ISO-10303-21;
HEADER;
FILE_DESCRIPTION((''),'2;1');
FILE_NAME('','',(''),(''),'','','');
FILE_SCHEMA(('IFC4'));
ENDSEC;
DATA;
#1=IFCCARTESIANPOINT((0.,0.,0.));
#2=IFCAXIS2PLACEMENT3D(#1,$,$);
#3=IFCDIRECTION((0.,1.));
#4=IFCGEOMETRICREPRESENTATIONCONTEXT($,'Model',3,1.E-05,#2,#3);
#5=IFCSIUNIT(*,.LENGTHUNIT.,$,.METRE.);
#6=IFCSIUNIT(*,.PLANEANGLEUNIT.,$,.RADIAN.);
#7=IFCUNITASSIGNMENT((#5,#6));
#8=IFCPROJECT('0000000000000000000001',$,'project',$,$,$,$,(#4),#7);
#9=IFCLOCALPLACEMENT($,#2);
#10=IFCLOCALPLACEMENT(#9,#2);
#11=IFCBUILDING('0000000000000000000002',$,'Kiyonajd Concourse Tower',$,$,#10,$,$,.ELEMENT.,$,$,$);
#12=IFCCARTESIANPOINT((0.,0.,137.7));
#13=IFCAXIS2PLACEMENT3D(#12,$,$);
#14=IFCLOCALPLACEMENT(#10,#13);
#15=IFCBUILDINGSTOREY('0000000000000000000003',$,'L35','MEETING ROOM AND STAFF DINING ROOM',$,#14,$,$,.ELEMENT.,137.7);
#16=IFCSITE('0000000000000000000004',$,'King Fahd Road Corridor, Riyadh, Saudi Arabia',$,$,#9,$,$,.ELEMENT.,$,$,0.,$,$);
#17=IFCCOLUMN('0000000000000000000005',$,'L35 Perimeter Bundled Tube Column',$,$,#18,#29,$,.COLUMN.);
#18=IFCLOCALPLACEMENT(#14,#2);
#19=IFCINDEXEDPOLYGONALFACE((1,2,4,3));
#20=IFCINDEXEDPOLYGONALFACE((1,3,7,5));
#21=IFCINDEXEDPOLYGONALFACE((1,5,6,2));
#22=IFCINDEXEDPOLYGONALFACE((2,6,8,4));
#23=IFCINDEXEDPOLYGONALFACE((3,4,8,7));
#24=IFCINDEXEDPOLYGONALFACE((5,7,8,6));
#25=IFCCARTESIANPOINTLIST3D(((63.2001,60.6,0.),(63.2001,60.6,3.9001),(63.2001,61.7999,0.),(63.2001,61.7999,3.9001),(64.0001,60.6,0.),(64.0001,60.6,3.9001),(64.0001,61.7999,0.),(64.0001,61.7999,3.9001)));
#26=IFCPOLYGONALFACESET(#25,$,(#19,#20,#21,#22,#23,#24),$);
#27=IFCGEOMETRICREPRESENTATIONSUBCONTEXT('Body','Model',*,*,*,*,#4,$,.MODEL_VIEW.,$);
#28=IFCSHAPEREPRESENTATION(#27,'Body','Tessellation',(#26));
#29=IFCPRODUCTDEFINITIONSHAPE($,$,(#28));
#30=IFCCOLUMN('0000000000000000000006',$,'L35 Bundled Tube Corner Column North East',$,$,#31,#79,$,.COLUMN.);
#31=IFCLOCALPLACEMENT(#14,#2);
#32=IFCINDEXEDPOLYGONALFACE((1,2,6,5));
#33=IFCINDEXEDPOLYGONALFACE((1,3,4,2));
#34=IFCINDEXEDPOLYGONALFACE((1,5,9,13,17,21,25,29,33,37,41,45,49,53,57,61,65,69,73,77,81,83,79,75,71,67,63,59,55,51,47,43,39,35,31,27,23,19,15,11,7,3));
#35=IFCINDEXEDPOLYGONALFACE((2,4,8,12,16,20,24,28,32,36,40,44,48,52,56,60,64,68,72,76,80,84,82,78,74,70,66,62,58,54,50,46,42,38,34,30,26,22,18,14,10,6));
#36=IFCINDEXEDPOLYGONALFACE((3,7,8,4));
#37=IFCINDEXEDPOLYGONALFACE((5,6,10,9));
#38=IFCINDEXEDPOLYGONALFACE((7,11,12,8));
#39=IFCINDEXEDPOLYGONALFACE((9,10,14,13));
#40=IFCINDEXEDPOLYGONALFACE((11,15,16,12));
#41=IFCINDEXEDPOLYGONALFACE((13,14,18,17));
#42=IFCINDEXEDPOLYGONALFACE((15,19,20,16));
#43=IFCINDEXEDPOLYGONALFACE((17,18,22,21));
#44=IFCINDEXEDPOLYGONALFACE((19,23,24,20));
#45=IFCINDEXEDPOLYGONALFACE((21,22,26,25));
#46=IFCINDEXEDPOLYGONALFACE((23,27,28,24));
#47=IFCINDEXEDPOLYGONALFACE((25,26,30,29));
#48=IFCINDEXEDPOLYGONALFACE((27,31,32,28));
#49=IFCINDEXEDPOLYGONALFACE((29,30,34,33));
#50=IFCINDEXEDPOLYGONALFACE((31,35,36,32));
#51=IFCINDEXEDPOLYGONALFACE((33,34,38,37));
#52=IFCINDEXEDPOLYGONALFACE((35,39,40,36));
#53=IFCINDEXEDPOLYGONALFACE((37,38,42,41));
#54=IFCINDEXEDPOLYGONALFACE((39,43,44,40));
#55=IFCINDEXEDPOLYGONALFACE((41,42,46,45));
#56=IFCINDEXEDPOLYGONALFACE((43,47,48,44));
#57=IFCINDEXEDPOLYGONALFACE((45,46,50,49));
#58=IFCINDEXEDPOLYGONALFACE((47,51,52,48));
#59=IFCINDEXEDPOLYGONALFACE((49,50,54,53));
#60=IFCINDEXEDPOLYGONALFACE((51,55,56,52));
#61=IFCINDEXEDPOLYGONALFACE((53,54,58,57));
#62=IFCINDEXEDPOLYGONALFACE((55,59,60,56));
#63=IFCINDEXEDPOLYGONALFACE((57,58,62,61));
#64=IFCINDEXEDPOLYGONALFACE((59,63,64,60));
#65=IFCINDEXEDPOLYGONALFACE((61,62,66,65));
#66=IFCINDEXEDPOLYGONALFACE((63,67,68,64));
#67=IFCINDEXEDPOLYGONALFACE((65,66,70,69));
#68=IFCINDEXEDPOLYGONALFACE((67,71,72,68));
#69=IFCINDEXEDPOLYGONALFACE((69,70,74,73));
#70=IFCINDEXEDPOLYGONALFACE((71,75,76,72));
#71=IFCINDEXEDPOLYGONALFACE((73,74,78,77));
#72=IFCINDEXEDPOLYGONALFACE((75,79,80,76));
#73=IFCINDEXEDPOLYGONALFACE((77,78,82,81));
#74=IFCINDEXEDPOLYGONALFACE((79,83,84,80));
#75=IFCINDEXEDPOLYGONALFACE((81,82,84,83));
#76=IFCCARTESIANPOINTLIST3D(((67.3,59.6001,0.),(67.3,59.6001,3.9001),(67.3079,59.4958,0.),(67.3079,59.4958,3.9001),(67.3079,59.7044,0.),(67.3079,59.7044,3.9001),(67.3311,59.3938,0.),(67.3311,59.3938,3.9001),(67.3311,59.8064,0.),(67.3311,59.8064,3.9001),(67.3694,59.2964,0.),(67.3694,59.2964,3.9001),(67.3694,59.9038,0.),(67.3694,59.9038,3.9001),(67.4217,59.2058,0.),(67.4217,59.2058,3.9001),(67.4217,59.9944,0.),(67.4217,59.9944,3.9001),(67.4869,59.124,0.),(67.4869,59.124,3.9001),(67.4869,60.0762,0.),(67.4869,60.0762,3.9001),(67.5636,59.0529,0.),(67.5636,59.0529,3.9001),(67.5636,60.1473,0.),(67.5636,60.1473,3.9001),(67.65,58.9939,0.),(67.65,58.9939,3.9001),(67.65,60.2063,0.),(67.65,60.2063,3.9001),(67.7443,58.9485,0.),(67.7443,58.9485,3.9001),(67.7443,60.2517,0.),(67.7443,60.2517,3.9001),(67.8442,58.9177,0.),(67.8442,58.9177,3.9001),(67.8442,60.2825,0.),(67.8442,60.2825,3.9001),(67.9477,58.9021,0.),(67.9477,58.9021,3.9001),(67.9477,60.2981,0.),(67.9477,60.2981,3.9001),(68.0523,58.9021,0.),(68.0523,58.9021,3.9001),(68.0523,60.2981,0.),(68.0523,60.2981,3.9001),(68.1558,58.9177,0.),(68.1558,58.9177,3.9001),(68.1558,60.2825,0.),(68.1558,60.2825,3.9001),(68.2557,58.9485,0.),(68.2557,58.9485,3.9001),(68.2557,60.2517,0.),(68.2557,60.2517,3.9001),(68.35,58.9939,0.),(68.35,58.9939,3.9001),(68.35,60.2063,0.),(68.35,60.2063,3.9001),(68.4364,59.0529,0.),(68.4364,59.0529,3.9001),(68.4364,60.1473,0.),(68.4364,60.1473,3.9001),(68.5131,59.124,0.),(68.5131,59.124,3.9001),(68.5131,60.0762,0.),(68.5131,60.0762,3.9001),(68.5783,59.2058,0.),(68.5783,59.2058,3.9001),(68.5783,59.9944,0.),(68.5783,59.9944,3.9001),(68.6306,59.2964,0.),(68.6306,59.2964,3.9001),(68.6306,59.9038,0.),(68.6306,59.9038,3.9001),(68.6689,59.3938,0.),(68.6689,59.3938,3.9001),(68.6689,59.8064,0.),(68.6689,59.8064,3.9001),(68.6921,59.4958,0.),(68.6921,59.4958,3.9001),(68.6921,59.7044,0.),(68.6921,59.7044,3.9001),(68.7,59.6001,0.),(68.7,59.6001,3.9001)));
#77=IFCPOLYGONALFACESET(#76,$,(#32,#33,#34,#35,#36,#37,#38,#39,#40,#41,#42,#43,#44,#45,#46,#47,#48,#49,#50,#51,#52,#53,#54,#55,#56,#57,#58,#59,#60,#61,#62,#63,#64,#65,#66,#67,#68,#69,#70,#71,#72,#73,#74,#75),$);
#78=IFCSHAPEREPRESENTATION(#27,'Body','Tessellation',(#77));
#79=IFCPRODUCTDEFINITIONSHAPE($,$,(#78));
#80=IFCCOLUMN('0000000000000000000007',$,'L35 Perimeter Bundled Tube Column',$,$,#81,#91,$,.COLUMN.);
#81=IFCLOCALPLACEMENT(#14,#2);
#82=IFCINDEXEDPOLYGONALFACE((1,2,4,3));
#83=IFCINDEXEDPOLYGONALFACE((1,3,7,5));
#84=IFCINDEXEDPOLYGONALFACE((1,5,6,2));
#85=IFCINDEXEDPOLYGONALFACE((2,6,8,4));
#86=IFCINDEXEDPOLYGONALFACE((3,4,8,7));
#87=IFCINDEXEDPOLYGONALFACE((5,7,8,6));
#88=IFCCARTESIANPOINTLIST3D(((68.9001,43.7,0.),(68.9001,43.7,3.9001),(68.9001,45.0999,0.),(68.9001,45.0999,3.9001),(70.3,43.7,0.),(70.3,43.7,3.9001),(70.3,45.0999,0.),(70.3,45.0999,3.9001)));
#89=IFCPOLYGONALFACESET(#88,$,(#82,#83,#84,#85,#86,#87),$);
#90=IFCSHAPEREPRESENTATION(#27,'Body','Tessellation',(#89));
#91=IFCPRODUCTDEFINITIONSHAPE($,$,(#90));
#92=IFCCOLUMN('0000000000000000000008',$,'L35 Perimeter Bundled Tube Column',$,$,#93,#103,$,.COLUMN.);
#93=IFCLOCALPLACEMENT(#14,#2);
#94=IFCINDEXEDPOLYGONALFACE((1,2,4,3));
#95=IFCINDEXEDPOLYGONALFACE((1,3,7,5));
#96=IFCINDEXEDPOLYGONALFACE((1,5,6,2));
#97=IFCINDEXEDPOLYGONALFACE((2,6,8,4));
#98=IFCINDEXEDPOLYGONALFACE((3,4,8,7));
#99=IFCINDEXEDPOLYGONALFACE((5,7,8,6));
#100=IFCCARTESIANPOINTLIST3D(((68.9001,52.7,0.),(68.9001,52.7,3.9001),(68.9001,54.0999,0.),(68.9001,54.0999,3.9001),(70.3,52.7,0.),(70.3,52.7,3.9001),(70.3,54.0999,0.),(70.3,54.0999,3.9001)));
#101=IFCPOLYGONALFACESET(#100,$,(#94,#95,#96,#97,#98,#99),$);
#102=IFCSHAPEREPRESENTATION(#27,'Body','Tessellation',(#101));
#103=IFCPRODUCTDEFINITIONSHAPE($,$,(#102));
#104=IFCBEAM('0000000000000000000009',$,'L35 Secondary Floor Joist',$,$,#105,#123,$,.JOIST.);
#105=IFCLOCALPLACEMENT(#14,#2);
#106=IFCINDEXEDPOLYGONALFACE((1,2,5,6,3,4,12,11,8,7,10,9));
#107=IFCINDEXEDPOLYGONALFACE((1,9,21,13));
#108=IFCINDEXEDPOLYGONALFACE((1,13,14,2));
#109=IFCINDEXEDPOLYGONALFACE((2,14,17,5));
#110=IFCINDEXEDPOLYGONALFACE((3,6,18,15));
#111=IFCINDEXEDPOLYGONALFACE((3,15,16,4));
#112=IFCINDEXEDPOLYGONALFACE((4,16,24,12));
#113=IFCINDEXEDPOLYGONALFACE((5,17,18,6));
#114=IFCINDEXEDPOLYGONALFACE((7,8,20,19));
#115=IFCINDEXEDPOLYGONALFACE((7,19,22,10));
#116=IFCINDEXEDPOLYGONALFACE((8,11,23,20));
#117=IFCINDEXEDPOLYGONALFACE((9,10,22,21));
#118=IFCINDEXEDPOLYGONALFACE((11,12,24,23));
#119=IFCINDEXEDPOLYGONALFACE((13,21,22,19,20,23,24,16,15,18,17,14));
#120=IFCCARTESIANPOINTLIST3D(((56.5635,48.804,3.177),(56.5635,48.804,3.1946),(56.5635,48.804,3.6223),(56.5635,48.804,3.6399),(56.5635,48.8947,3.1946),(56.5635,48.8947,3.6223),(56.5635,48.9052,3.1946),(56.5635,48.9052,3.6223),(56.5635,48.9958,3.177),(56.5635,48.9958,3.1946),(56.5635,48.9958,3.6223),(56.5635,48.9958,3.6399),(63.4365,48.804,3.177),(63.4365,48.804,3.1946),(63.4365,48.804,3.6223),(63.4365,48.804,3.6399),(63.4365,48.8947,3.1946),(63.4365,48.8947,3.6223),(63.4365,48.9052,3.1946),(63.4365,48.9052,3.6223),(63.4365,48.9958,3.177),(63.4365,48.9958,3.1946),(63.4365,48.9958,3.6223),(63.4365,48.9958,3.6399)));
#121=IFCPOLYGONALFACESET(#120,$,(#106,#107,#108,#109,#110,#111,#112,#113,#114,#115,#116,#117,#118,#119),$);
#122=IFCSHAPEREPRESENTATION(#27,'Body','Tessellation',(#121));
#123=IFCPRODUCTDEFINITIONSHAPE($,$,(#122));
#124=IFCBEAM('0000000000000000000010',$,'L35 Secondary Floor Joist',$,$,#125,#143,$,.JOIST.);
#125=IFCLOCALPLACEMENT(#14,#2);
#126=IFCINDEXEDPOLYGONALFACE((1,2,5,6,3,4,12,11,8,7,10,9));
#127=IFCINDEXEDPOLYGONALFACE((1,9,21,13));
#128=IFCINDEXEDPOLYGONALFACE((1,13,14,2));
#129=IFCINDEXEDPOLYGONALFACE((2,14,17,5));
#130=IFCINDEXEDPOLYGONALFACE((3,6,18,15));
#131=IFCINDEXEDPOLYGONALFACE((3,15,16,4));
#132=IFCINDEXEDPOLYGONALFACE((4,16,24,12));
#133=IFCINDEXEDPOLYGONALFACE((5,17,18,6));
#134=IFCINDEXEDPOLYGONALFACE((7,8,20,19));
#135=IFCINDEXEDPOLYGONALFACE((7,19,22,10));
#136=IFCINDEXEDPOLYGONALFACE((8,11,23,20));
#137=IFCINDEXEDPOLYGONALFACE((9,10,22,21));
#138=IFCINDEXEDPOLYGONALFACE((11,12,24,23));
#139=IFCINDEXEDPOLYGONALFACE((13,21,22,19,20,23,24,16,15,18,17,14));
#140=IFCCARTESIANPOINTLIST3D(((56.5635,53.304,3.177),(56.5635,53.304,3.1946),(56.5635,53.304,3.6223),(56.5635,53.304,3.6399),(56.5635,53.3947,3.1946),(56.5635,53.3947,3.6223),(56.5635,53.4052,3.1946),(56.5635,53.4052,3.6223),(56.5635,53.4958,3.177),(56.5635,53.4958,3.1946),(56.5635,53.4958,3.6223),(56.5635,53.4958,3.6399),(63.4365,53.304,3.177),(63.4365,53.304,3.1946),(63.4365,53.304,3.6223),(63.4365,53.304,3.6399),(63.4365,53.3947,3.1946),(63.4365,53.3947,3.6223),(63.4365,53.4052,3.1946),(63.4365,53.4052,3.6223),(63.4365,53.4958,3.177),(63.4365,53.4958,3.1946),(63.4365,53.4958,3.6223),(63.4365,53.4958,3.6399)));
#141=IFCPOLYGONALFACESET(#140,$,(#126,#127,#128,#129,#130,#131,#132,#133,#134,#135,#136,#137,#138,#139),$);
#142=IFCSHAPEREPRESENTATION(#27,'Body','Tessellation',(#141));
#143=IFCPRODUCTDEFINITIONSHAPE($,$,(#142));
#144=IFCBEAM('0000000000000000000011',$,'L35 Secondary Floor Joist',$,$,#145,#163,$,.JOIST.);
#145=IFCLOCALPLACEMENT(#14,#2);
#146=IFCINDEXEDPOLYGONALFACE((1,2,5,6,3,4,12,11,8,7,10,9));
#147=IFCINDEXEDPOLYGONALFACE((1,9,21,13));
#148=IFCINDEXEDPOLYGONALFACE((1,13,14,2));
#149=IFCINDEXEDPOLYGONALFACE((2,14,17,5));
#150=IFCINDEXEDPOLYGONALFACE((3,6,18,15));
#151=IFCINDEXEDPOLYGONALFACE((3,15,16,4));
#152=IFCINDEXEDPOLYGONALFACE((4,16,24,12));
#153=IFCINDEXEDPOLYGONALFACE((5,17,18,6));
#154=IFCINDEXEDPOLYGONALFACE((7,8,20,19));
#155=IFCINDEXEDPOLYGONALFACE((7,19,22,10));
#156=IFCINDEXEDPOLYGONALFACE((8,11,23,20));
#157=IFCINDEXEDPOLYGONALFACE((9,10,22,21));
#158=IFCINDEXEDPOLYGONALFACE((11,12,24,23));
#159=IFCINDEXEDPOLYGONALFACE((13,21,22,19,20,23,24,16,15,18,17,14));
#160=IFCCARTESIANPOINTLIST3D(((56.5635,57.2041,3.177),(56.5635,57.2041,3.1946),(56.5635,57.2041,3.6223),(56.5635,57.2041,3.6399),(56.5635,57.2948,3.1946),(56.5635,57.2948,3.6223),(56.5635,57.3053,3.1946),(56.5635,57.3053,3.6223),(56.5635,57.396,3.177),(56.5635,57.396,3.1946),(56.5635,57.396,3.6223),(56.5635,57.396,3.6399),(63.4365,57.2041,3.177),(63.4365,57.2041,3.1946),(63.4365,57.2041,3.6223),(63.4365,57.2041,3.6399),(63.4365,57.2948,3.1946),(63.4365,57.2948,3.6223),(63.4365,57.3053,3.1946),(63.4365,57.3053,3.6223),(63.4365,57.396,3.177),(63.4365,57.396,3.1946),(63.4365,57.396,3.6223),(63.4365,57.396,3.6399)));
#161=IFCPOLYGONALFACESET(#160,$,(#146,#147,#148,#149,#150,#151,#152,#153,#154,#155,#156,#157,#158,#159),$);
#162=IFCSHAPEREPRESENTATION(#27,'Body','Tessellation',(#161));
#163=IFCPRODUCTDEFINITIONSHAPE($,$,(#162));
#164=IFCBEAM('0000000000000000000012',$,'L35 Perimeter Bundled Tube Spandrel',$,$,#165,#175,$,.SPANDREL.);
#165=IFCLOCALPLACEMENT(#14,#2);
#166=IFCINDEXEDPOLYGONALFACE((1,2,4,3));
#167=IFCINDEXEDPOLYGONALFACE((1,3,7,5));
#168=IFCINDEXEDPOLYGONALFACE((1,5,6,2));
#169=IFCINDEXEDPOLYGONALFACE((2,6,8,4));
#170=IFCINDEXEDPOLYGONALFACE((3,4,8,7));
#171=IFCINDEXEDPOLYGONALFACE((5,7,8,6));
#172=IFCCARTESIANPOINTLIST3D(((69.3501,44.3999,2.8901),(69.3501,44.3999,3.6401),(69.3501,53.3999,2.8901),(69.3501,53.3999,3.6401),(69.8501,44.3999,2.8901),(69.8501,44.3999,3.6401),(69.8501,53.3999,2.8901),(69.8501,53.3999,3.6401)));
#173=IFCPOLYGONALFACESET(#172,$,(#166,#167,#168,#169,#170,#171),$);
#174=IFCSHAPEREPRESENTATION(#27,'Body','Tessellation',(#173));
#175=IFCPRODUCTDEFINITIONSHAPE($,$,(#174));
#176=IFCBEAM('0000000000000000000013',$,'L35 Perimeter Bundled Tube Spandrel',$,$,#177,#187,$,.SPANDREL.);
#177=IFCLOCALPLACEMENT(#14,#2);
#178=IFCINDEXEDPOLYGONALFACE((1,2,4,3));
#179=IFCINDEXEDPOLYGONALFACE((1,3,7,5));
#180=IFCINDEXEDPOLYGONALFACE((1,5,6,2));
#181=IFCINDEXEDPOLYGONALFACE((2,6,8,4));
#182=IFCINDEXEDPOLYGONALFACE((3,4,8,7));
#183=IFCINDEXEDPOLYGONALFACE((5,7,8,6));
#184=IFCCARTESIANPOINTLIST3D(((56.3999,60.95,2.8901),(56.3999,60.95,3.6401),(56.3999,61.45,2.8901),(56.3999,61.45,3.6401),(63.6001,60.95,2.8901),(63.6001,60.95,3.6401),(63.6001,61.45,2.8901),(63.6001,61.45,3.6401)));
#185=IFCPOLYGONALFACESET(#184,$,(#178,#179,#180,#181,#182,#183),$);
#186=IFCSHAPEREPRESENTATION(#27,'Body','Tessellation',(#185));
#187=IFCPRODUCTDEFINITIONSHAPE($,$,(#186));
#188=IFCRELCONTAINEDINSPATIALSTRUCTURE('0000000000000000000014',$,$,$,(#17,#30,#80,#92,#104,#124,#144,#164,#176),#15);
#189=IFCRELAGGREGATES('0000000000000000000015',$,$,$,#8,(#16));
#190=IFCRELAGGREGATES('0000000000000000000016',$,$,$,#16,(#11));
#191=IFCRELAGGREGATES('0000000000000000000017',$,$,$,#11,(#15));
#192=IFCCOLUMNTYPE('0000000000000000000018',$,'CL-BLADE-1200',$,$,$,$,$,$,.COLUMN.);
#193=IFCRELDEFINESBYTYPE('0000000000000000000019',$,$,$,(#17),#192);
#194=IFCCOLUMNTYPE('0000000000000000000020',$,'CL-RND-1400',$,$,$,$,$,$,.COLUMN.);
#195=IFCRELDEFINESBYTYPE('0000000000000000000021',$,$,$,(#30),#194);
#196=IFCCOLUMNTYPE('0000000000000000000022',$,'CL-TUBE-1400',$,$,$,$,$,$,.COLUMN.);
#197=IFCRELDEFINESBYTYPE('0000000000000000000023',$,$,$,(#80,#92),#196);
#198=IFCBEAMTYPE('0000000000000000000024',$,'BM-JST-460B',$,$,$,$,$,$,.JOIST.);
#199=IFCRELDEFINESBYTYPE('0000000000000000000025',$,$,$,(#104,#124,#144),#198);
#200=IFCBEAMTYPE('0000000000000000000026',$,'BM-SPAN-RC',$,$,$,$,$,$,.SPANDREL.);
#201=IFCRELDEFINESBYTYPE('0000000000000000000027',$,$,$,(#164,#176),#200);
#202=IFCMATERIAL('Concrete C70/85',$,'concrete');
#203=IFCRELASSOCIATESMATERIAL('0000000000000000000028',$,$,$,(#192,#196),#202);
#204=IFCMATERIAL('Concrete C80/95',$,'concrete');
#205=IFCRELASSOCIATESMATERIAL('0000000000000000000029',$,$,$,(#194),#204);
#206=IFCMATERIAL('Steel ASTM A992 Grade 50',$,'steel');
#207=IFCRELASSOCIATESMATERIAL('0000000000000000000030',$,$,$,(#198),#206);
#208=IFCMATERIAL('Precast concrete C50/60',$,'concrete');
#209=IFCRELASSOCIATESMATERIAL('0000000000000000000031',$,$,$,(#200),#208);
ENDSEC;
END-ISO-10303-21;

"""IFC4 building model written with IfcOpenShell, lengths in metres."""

from ifc_helpers import new_model, si_unit, direction, frame, origin, origin_2d, place, context, subcontext, project, spatial, rectangle, circle, i_section, extrude, material, material_profile, profile_set, type_object, element, save


model = new_model("IFC4")

# Units and contexts
model_context = context("Model", 3, precision=1e-05, world=origin(), true_north=direction((0.0, 1.0)))
body_context = subcontext(model_context, "Body", "Model", "MODEL_VIEW")
ifc_project = project(units=[si_unit("LENGTHUNIT", "METRE"), si_unit("PLANEANGLEUNIT", "RADIAN")], contexts=[model_context])

# Site, building, storey
site_placement = place(None, origin())
site = spatial("IfcSite", under=ifc_project, at=site_placement, Name="King Fahd Road Corridor, Riyadh, Saudi Arabia", CompositionType="ELEMENT", RefElevation=0.0)
building_placement = place(site_placement, origin())
building = spatial("IfcBuilding", under=site, at=building_placement, Name="Kiyonajd Concourse Tower", CompositionType="ELEMENT")
storey_placement = place(building_placement, frame((0.0, 0.0, 137.7)))
storey = spatial("IfcBuildingStorey", under=building, at=storey_placement, Name="L35", Description="MEETING ROOM AND STAFF DINING ROOM", CompositionType="ELEMENT", Elevation=137.7)

# Columns
ifc_material_1 = material(Name="Concrete C70/85", Category="concrete")
ifc_material_profile_1 = material_profile(ifc_material_1, rectangle(XDim=0.8, YDim=1.2, at=origin_2d()), Name="RC-1200x800")
ifc_profile_set_1 = profile_set([ifc_material_profile_1], Name="Concrete C70/85")
column_type_1 = type_object("IfcColumnType", Name="CL-BLADE-1200", PredefinedType="COLUMN", material=ifc_profile_set_1)
column_1_placement = place(storey_placement, frame((63.6001, 61.2, 0.0), z_axis=(0.0, 0.0, 1.0), x_axis=(1.0, 0.0, 0.0)))
element("IfcColumn", 1, at=column_1_placement, inside=storey, type_object=column_type_1, Name="L35 Perimeter Bundled Tube Column", PredefinedType="COLUMN", context=body_context, shape_type="SweptSolid", body=[
    extrude(rectangle(XDim=0.8, YDim=1.2, at=origin_2d()), origin(), (0.0, 0.0, 1.0), 3.9001),
])
ifc_material_2 = material(Name="Concrete C80/95", Category="concrete")
ifc_material_profile_2 = material_profile(ifc_material_2, circle(Radius=0.7, at=origin_2d()), Name="RCC-D1400")
ifc_profile_set_2 = profile_set([ifc_material_profile_2], Name="Concrete C80/95")
column_type_2 = type_object("IfcColumnType", Name="CL-RND-1400", PredefinedType="COLUMN", material=ifc_profile_set_2)
column_2_placement = place(storey_placement, frame((68.0, 59.6001, 0.0), z_axis=(0.0, 0.0, 1.0), x_axis=(1.0, 0.0, 0.0)))
element("IfcColumn", 2, at=column_2_placement, inside=storey, type_object=column_type_2, Name="L35 Bundled Tube Corner Column North East", PredefinedType="COLUMN", context=body_context, shape_type="SweptSolid", body=[
    extrude(circle(Radius=0.7, at=origin_2d()), origin(), (0.0, 0.0, 1.0), 3.9001),
])
ifc_material_profile_3 = material_profile(ifc_material_1, rectangle(XDim=1.3999, YDim=1.3999, at=origin_2d()), Name="RC-1400x1400")
ifc_profile_set_3 = profile_set([ifc_material_profile_3], Name="Concrete C70/85")
column_type_3 = type_object("IfcColumnType", Name="CL-TUBE-1400", PredefinedType="COLUMN", material=ifc_profile_set_3)
for number, where, z_axis, x_axis, name in (
    (3, (69.6001, 44.3999, 0.0), (0.0, 0.0, 1.0), (1.0, 0.0, 0.0), "L35 Perimeter Bundled Tube Column"),
    (4, (69.6001, 53.3999, 0.0), (0.0, 0.0, 1.0), (1.0, 0.0, 0.0), "L35 Perimeter Bundled Tube Column"),
):
    element("IfcColumn", number, at=place(storey_placement, frame(where, z_axis=z_axis, x_axis=x_axis)), inside=storey, type_object=column_type_3, Name=name, PredefinedType="COLUMN", context=body_context, shape_type="SweptSolid", body=[
        extrude(rectangle(XDim=1.3999, YDim=1.3999, at=origin_2d()), origin(), (0.0, 0.0, 1.0), 3.9001),
    ])

# Beams
ifc_material_3 = material(Name="Steel ASTM A992 Grade 50", Category="steel")
ifc_material_profile_4 = material_profile(ifc_material_3, i_section(OverallWidth=0.1919, OverallDepth=0.4629, WebThickness=0.0105, FlangeThickness=0.0176, at=origin_2d()), Name="W460X89")
ifc_profile_set_4 = profile_set([ifc_material_profile_4], Name="Steel ASTM A992 Grade 50")
beam_type_1 = type_object("IfcBeamType", Name="BM-JST-460B", PredefinedType="JOIST", material=ifc_profile_set_4)
for number, where, z_axis, x_axis, name in (
    (5, (56.5635, 48.8999, 3.4084), (1.0, 0.0, 0.0), (0.0, 1.0, 0.0), "L35 Secondary Floor Joist"),
    (6, (56.5635, 53.3999, 3.4084), (1.0, 0.0, 0.0), (0.0, 1.0, 0.0), "L35 Secondary Floor Joist"),
    (7, (56.5635, 57.3, 3.4084), (1.0, 0.0, 0.0), (0.0, 1.0, 0.0), "L35 Secondary Floor Joist"),
):
    element("IfcBeam", number, at=place(storey_placement, frame(where, z_axis=z_axis, x_axis=x_axis)), inside=storey, type_object=beam_type_1, Name=name, PredefinedType="JOIST", context=body_context, shape_type="SweptSolid", body=[
        extrude(i_section(OverallWidth=0.1919, OverallDepth=0.4629, WebThickness=0.0105, FlangeThickness=0.0176, at=origin_2d()), origin(), (0.0, 0.0, 1.0), 6.873),
    ])
ifc_material_4 = material(Name="Precast concrete C50/60", Category="concrete")
ifc_material_profile_5 = material_profile(ifc_material_4, rectangle(XDim=0.5, YDim=0.75, at=origin_2d()), Name="RCBM-500x750")
ifc_profile_set_5 = profile_set([ifc_material_profile_5], Name="Precast concrete C50/60")
beam_type_2 = type_object("IfcBeamType", Name="BM-SPAN-RC", PredefinedType="SPANDREL", material=ifc_profile_set_5)
beam_1_placement = place(storey_placement, frame((69.6001, 44.3999, 3.2651), z_axis=(0.0, 1.0, 0.0), x_axis=(-1.0, 0.0, 0.0)))
element("IfcBeam", 8, at=beam_1_placement, inside=storey, type_object=beam_type_2, Name="L35 Perimeter Bundled Tube Spandrel", PredefinedType="SPANDREL", context=body_context, shape_type="SweptSolid", body=[
    extrude(rectangle(XDim=0.5, YDim=0.75, at=origin_2d()), origin(), (0.0, 0.0, 1.0), 9.0),
])
beam_2_placement = place(storey_placement, frame((63.6001, 61.2, 3.2651), z_axis=(-1.0, 0.0, 0.0), x_axis=(0.0, -1.0, 0.0)))
element("IfcBeam", 9, at=beam_2_placement, inside=storey, type_object=beam_type_2, Name="L35 Perimeter Bundled Tube Spandrel", PredefinedType="SPANDREL", context=body_context, shape_type="SweptSolid", body=[
    extrude(rectangle(XDim=0.5, YDim=0.75, at=origin_2d()), origin(), (0.0, 0.0, 1.0), 7.2002),
])

save(model, "model.ifc")
